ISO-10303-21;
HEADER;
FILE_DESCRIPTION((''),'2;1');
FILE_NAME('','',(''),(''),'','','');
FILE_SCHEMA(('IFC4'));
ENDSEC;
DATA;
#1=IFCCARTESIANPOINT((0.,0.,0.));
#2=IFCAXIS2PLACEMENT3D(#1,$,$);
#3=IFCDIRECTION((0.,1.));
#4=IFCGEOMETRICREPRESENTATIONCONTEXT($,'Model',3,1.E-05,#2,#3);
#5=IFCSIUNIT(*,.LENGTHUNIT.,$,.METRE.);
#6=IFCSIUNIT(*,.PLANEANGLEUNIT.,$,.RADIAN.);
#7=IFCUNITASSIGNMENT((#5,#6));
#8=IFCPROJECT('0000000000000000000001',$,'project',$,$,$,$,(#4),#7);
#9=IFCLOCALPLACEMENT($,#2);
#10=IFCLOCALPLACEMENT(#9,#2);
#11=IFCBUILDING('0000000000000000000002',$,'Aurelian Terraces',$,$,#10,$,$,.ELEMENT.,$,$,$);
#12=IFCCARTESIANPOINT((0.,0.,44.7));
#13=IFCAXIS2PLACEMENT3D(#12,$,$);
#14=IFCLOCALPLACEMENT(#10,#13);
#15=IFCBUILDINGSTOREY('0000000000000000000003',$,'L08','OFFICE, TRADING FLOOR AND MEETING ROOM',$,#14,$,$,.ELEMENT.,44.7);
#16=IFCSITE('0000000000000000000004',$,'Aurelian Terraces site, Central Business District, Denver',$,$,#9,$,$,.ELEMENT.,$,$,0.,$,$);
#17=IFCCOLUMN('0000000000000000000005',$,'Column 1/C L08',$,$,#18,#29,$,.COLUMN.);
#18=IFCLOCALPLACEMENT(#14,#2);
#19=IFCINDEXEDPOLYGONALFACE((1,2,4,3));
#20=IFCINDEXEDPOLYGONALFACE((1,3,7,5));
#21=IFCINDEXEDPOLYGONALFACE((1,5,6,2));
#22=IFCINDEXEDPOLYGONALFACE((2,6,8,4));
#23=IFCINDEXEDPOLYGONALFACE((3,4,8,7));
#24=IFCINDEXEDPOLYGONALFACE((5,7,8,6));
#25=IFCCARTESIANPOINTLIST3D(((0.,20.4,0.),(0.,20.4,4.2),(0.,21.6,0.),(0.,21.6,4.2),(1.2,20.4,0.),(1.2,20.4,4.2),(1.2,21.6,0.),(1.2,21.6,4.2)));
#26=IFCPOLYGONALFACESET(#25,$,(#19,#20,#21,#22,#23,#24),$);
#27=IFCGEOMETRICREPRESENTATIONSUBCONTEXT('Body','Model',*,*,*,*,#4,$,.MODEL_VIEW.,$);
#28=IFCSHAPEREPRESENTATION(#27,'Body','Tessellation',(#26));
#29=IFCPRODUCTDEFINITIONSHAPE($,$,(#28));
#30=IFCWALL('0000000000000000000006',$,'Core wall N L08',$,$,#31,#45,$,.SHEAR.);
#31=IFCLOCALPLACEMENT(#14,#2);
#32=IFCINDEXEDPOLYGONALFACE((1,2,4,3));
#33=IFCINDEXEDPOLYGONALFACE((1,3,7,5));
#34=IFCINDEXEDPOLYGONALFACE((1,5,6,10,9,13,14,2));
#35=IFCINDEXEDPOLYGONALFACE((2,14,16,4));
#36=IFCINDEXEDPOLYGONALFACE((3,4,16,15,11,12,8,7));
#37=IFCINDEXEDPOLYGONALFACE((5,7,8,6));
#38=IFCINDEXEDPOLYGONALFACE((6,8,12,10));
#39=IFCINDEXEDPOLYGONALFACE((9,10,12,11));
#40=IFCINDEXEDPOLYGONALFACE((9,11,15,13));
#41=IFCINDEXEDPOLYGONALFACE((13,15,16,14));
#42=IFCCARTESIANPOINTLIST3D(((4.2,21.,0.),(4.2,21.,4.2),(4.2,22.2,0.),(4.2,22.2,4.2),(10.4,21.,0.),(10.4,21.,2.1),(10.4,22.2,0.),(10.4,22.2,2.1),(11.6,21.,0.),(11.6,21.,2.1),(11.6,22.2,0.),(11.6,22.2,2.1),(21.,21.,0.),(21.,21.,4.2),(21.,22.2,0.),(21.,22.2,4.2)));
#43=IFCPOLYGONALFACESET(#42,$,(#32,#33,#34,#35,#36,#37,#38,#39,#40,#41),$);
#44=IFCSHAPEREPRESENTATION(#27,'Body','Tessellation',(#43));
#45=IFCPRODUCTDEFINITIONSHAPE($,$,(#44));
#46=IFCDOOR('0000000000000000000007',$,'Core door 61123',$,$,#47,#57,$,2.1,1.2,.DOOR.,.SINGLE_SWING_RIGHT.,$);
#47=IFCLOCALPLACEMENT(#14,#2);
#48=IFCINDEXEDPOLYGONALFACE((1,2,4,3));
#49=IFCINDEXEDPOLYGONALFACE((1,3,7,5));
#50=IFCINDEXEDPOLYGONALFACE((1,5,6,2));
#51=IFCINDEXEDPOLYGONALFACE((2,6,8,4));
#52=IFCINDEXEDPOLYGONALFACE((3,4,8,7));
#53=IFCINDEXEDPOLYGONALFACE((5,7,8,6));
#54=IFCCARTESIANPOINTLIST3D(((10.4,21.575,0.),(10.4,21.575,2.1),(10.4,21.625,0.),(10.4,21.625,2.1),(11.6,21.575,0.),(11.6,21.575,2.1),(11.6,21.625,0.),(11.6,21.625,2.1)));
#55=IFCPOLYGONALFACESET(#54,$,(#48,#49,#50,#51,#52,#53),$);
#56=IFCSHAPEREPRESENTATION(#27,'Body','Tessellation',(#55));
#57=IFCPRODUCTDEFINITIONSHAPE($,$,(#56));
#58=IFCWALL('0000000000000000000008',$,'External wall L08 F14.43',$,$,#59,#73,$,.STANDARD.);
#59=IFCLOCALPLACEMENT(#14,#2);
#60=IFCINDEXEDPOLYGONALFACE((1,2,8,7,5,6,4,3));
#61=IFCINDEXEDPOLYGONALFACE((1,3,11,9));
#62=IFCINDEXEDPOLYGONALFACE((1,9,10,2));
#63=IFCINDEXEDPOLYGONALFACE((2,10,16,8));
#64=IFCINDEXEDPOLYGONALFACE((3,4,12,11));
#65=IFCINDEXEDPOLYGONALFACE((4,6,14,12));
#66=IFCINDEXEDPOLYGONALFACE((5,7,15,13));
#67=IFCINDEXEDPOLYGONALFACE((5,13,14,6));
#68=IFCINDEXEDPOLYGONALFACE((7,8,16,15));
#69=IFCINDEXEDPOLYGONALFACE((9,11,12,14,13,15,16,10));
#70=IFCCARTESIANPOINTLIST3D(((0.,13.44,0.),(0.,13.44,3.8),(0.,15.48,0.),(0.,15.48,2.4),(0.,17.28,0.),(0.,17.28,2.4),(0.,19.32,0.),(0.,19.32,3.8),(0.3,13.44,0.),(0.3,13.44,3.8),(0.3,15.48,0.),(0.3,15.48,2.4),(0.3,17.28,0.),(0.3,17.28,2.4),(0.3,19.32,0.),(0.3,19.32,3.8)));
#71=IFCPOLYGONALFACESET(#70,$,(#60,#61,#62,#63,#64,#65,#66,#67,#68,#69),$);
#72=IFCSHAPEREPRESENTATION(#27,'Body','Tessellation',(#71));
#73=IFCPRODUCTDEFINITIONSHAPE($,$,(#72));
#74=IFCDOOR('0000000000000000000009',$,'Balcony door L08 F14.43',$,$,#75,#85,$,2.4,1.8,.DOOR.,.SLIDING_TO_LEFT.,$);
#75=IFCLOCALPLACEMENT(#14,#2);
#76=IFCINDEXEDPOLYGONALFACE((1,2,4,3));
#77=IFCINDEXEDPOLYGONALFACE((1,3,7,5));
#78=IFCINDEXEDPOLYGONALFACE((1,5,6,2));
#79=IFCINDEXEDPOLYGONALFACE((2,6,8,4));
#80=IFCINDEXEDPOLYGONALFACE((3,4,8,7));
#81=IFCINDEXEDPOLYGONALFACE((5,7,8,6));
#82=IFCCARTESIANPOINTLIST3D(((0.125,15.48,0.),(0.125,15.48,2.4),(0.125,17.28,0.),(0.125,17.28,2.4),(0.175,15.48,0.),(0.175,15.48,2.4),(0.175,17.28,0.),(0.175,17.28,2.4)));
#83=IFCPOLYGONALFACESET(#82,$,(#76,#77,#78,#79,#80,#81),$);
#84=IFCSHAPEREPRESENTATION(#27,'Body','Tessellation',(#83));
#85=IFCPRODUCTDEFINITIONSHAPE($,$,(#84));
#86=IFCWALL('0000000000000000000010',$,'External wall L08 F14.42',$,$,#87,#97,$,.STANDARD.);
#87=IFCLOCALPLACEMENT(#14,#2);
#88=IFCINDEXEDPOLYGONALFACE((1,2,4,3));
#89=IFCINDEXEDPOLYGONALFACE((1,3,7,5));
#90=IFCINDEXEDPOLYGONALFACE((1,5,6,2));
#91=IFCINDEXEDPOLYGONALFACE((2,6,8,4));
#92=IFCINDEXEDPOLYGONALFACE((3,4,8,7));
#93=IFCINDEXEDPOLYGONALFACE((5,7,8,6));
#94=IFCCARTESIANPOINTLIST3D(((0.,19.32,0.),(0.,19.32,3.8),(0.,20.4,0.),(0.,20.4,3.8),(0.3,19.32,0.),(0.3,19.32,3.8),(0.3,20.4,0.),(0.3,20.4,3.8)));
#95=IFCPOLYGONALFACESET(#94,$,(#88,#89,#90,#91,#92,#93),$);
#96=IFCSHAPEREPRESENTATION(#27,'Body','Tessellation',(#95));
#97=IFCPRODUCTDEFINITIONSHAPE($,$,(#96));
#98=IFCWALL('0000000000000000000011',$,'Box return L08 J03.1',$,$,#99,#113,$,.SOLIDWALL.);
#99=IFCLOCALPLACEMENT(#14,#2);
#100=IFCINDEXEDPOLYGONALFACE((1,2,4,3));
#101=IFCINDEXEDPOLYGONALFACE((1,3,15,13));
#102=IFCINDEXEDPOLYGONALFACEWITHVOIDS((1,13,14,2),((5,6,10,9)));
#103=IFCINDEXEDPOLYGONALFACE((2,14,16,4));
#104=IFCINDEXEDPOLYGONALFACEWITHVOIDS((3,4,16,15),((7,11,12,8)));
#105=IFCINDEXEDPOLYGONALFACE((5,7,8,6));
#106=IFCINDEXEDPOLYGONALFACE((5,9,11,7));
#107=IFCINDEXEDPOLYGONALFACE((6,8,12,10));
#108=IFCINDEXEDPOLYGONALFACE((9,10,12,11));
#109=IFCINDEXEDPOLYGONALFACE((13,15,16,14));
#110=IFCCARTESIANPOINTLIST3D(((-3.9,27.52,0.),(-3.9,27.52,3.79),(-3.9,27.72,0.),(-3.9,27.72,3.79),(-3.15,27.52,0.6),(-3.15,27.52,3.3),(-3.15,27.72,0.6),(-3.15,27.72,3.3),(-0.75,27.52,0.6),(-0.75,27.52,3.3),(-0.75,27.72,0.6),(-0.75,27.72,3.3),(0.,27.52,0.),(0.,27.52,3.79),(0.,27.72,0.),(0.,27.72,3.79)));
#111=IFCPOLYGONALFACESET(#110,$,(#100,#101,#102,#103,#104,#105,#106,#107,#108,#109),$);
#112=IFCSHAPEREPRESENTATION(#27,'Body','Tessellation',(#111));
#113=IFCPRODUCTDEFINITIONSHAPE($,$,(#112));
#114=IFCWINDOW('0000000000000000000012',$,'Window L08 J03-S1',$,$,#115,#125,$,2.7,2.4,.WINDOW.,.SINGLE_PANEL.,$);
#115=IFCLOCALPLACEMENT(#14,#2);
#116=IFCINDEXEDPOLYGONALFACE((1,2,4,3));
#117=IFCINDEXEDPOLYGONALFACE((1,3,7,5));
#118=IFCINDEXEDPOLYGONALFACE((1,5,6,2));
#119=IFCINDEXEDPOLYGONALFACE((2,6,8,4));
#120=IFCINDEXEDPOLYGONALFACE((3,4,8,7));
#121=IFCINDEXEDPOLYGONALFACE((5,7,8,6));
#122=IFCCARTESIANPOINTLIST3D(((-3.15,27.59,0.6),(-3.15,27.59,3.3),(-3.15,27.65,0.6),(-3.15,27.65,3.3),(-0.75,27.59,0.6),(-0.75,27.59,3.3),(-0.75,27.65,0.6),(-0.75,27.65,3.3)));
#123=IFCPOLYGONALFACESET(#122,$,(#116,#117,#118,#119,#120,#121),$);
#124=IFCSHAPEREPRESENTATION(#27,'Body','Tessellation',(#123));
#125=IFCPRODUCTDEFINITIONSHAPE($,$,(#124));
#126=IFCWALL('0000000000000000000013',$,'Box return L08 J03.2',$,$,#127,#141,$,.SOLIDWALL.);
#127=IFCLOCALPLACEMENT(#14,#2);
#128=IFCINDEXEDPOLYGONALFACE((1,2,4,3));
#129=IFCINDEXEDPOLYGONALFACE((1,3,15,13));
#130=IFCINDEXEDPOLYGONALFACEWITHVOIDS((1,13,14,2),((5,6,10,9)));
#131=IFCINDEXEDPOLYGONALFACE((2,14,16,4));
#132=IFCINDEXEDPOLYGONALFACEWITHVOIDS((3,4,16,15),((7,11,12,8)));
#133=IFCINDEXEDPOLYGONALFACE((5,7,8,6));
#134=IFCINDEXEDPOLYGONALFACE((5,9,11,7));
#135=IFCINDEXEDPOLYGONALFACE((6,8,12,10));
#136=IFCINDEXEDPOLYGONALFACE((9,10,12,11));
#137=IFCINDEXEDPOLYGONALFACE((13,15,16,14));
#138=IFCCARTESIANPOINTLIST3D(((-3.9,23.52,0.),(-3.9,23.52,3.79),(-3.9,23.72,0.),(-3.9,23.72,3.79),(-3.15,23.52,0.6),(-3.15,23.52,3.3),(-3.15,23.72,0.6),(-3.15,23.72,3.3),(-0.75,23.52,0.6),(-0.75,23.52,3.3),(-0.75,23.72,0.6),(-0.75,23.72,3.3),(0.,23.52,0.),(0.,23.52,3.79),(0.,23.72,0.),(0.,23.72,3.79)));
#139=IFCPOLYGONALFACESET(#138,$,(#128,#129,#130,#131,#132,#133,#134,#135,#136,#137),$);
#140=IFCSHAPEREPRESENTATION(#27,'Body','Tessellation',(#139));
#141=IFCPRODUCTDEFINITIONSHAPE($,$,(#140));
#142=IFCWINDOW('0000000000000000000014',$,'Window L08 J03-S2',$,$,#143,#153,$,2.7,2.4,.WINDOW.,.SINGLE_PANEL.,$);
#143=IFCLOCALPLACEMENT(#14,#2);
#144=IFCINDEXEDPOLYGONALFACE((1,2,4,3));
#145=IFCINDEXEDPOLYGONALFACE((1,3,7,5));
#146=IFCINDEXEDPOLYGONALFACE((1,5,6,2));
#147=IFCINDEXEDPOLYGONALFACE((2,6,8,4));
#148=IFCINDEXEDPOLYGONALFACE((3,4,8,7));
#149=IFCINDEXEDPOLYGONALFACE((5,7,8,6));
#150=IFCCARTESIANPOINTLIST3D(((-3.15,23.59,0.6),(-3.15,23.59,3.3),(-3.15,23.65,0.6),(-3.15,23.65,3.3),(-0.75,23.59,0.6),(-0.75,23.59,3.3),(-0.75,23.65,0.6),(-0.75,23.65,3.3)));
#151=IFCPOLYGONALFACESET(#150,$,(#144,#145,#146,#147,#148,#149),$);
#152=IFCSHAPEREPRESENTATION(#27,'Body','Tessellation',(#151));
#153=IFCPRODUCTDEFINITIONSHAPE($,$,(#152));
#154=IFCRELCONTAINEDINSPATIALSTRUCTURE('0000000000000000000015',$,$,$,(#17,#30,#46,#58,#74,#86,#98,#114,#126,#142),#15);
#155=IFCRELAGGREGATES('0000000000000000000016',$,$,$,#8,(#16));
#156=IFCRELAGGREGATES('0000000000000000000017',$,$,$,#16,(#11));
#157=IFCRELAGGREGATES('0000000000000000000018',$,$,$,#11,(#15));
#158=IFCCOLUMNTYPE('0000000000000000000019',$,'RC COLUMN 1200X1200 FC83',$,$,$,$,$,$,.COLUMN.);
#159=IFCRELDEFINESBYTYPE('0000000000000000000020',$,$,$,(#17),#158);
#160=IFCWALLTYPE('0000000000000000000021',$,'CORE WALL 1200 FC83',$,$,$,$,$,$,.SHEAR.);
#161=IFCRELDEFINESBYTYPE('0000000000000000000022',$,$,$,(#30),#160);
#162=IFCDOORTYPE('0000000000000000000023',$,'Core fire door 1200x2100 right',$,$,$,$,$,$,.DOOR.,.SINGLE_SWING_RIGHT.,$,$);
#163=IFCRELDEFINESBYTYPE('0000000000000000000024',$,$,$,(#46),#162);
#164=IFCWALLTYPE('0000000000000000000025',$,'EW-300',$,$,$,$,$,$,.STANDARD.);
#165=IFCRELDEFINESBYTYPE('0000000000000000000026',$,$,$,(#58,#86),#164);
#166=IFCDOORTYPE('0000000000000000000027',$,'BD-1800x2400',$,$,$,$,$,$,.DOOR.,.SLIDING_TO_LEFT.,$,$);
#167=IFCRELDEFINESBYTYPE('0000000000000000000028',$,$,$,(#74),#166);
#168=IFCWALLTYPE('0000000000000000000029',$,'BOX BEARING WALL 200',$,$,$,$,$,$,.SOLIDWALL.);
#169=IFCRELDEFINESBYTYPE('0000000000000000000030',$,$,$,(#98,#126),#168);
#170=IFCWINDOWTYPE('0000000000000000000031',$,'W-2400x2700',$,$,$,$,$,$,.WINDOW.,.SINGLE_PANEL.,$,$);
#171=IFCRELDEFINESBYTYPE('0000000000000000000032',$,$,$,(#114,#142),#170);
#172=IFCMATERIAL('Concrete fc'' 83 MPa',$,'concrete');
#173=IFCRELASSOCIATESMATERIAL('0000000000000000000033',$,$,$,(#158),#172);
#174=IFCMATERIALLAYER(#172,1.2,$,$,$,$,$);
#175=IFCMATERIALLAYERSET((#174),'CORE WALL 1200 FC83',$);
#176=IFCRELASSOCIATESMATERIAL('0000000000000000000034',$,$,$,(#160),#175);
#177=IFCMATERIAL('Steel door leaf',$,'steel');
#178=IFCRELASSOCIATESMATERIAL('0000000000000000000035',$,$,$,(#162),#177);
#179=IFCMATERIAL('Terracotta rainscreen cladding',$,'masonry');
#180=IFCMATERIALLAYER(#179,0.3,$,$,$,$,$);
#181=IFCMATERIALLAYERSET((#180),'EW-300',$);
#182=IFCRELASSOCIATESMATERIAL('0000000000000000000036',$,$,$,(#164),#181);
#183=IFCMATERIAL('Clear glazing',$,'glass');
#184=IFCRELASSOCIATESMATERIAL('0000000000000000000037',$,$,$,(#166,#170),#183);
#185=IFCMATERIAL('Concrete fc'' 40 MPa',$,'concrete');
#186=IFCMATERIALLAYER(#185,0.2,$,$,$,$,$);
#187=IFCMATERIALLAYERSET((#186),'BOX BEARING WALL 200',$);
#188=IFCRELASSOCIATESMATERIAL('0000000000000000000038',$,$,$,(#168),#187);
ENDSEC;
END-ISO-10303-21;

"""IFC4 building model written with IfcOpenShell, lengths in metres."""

from ifc_helpers import new_model, si_unit, direction, frame, frame_2d, origin, origin_2d, place, context, subcontext, project, spatial, rectangle, extrude, source, transform, mapped, material, layer, layer_set, material_profile, profile_set, type_object, element, fill, save


model = new_model("IFC4")

# Units and contexts
model_context = context("Model", 3, precision=1e-05, world=origin(), true_north=direction((0.0, 1.0)))
body_context = subcontext(model_context, "Body", "Model", "MODEL_VIEW")
ifc_project = project(units=[si_unit("LENGTHUNIT", "METRE"), si_unit("PLANEANGLEUNIT", "RADIAN")], contexts=[model_context])

# Site, building, storey
site_placement = place(None, origin())
site = spatial("IfcSite", under=ifc_project, at=site_placement, Name="Aurelian Terraces site, Central Business District, Denver", CompositionType="ELEMENT", RefElevation=0.0)
building_placement = place(site_placement, origin())
building = spatial("IfcBuilding", under=site, at=building_placement, Name="Aurelian Terraces", CompositionType="ELEMENT")
storey_placement = place(building_placement, frame((0.0, 0.0, 44.7)))
storey = spatial("IfcBuildingStorey", under=building, at=storey_placement, Name="L08", Description="OFFICE, TRADING FLOOR AND MEETING ROOM", CompositionType="ELEMENT", Elevation=44.7)

# Column
ifc_material_1 = material(Name="Concrete fc' 83 MPa", Category="concrete")
ifc_material_profile = material_profile(ifc_material_1, rectangle(XDim=1.2, YDim=1.2, at=origin_2d()))
ifc_profile_set = profile_set([ifc_material_profile], Name="Concrete fc' 83 MPa")
column_type = type_object("IfcColumnType", Name="RC COLUMN 1200X1200 FC83", PredefinedType="COLUMN", material=ifc_profile_set)
shared_shape_1 = source(origin(), body_context, "Body", "SweptSolid", [
    extrude(rectangle(XDim=1.2, YDim=1.2, at=origin_2d()), origin(), (0.0, 0.0, 1.0), 4.2),
])
column_placement = place(storey_placement, frame((0.6, 21.0, 0.0), z_axis=(0.0, 0.0, 1.0), x_axis=(1.0, 0.0, 0.0)))
element("IfcColumn", 1, at=column_placement, inside=storey, type_object=column_type, Name="Column 1/C L08", PredefinedType="COLUMN", context=body_context, shape_type="MappedRepresentation", body=[
    mapped(shared_shape_1, transform((0.0, 0.0, 0.0), scale=1.0)),
])

# Walls, openings, doors
ifc_layer_1 = layer(ifc_material_1, 1.2)
ifc_layer_set_1 = layer_set([ifc_layer_1], Name="CORE WALL 1200 FC83")
wall_type_1 = type_object("IfcWallType", Name="CORE WALL 1200 FC83", PredefinedType="SHEAR", material=ifc_layer_set_1)
shared_shape_2 = source(origin(), body_context, "Body", "SweptSolid", [
    extrude(rectangle(XDim=16.8, YDim=1.2, at=frame_2d((8.4, 0.0))), origin(), (0.0, 0.0, 1.0), 4.2),
])
wall_1_placement = place(storey_placement, frame((4.2, 21.6, 0.0), z_axis=(0.0, 0.0, 1.0), x_axis=(1.0, 0.0, 0.0)))
wall_1 = element("IfcWall", 2, at=wall_1_placement, inside=storey, type_object=wall_type_1, Name="Core wall N L08", PredefinedType="SHEAR", context=body_context, shape_type="MappedRepresentation", body=[
    mapped(shared_shape_2, transform((0.0, 0.0, 0.0), scale=1.0)),
])
shared_shape_3 = source(origin(), body_context, "Body", "SweptSolid", [
    extrude(rectangle(XDim=1.2, YDim=2.1, at=frame_2d((0.6, 1.05))), frame((0.0, 0.61, 0.0), z_axis=(0.0, -1.0, 0.0), x_axis=(1.0, 0.0, 0.0)), (0.0, 0.0, 1.0), 1.22),
])
opening_1_placement = place(wall_1_placement, frame((6.2, 0.0, 0.0)))
opening_1 = element("IfcOpeningElement", 3, at=opening_1_placement, cuts=wall_1, PredefinedType="OPENING", context=body_context, shape_type="MappedRepresentation", body=[
    mapped(shared_shape_3, transform((0.0, 0.0, 0.0), scale=1.0)),
])
ifc_material_2 = material(Name="Steel door leaf", Category="steel")
door_type_1 = type_object("IfcDoorType", Name="Core fire door 1200x2100 right", OperationType="SINGLE_SWING_RIGHT", PredefinedType="DOOR", material=ifc_material_2)
shared_shape_4 = source(origin(), body_context, "Body", "SweptSolid", [
    extrude(rectangle(XDim=1.2, YDim=2.1, at=frame_2d((0.6, 1.05))), frame((0.0, 0.025, 0.0), z_axis=(0.0, -1.0, 0.0), x_axis=(1.0, 0.0, 0.0)), (0.0, 0.0, 1.0), 0.05),
])
door_1_placement = place(opening_1_placement, origin())
door_1 = element("IfcDoor", 4, at=door_1_placement, inside=storey, type_object=door_type_1, Name="Core door 61123", OperationType="SINGLE_SWING_RIGHT", OverallHeight=2.1, OverallWidth=1.2, PredefinedType="DOOR", context=body_context, shape_type="MappedRepresentation", body=[
    mapped(shared_shape_4, transform((0.0, 0.0, 0.0), scale=1.0)),
])
fill(opening_1, door_1)
ifc_material_3 = material(Name="Terracotta rainscreen cladding", Category="masonry")
ifc_layer_2 = layer(ifc_material_3, 0.3)
ifc_layer_set_2 = layer_set([ifc_layer_2], Name="EW-300")
wall_type_2 = type_object("IfcWallType", Name="EW-300", PredefinedType="STANDARD", material=ifc_layer_set_2)
shared_shape_5 = source(origin(), body_context, "Body", "SweptSolid", [
    extrude(rectangle(XDim=5.88, YDim=0.3, at=frame_2d((2.94, 0.0))), origin(), (0.0, 0.0, 1.0), 3.8),
])
wall_2_placement = place(storey_placement, frame((0.15, 19.32, 0.0), z_axis=(0.0, 0.0, 1.0), x_axis=(0.0, -1.0, 0.0)))
wall_2 = element("IfcWall", 5, at=wall_2_placement, inside=storey, type_object=wall_type_2, Name="External wall L08 F14.43", PredefinedType="STANDARD", context=body_context, shape_type="MappedRepresentation", body=[
    mapped(shared_shape_5, transform((0.0, 0.0, 0.0), scale=1.0)),
])
shared_shape_6 = source(origin(), body_context, "Body", "SweptSolid", [
    extrude(rectangle(XDim=1.8, YDim=2.4, at=frame_2d((0.9, 1.2))), frame((0.0, 0.16, 0.0), z_axis=(0.0, -1.0, 0.0), x_axis=(1.0, 0.0, 0.0)), (0.0, 0.0, 1.0), 0.32),
])
opening_2_placement = place(wall_2_placement, frame((2.04, 0.0, 0.0)))
opening_2 = element("IfcOpeningElement", 6, at=opening_2_placement, cuts=wall_2, PredefinedType="OPENING", context=body_context, shape_type="MappedRepresentation", body=[
    mapped(shared_shape_6, transform((0.0, 0.0, 0.0), scale=1.0)),
])
ifc_material_4 = material(Name="Clear glazing", Category="glass")
door_type_2 = type_object("IfcDoorType", Name="BD-1800x2400", OperationType="SLIDING_TO_LEFT", PredefinedType="DOOR", material=ifc_material_4)
shared_shape_7 = source(origin(), body_context, "Body", "SweptSolid", [
    extrude(rectangle(XDim=1.8, YDim=2.4, at=frame_2d((0.9, 1.2))), frame((0.0, 0.025, 0.0), z_axis=(0.0, -1.0, 0.0), x_axis=(1.0, 0.0, 0.0)), (0.0, 0.0, 1.0), 0.05),
])
door_2_placement = place(opening_2_placement, origin())
door_2 = element("IfcDoor", 7, at=door_2_placement, inside=storey, type_object=door_type_2, Name="Balcony door L08 F14.43", OperationType="SLIDING_TO_LEFT", OverallHeight=2.4, OverallWidth=1.8, PredefinedType="DOOR", context=body_context, shape_type="MappedRepresentation", body=[
    mapped(shared_shape_7, transform((0.0, 0.0, 0.0), scale=1.0)),
])
fill(opening_2, door_2)

# Wall
shared_shape_8 = source(origin(), body_context, "Body", "SweptSolid", [
    extrude(rectangle(XDim=1.08, YDim=0.3, at=frame_2d((0.54, 0.0))), origin(), (0.0, 0.0, 1.0), 3.8),
])
wall_3_placement = place(storey_placement, frame((0.15, 20.4, 0.0), z_axis=(0.0, 0.0, 1.0), x_axis=(0.0, -1.0, 0.0)))
element("IfcWall", 8, at=wall_3_placement, inside=storey, type_object=wall_type_2, Name="External wall L08 F14.42", PredefinedType="STANDARD", context=body_context, shape_type="MappedRepresentation", body=[
    mapped(shared_shape_8, transform((0.0, 0.0, 0.0), scale=1.0)),
])

# Walls, openings, windows
ifc_material_5 = material(Name="Concrete fc' 40 MPa", Category="concrete")
ifc_layer_3 = layer(ifc_material_5, 0.2)
ifc_layer_set_3 = layer_set([ifc_layer_3], Name="BOX BEARING WALL 200")
wall_type_3 = type_object("IfcWallType", Name="BOX BEARING WALL 200", PredefinedType="SOLIDWALL", material=ifc_layer_set_3)
shared_shape_9 = source(origin(), body_context, "Body", "SweptSolid", [
    extrude(rectangle(XDim=3.9, YDim=0.2, at=frame_2d((1.95, 0.0))), origin(), (0.0, 0.0, 1.0), 3.79),
])
wall_4_placement = place(storey_placement, frame((0.0, 27.62, 0.0), z_axis=(0.0, 0.0, 1.0), x_axis=(-1.0, 0.0, 0.0)))
wall_4 = element("IfcWall", 9, at=wall_4_placement, inside=storey, type_object=wall_type_3, Name="Box return L08 J03.1", PredefinedType="SOLIDWALL", context=body_context, shape_type="MappedRepresentation", body=[
    mapped(shared_shape_9, transform((0.0, 0.0, 0.0), scale=1.0)),
])
shared_shape_10 = source(origin(), body_context, "Body", "SweptSolid", [
    extrude(rectangle(XDim=2.4, YDim=2.7, at=frame_2d((1.2, 1.35))), frame((0.0, 0.11, 0.0), z_axis=(0.0, -1.0, 0.0), x_axis=(1.0, 0.0, 0.0)), (0.0, 0.0, 1.0), 0.22),
])
opening_3_placement = place(wall_4_placement, frame((0.75, 0.0, 0.6)))
opening_3 = element("IfcOpeningElement", 10, at=opening_3_placement, cuts=wall_4, PredefinedType="OPENING", context=body_context, shape_type="MappedRepresentation", body=[
    mapped(shared_shape_10, transform((0.0, 0.0, 0.0), scale=1.0)),
])
window_type = type_object("IfcWindowType", Name="W-2400x2700", PartitioningType="SINGLE_PANEL", PredefinedType="WINDOW", material=ifc_material_4)
shared_shape_11 = source(origin(), body_context, "Body", "SweptSolid", [
    extrude(rectangle(XDim=2.4, YDim=2.7, at=frame_2d((1.2, 1.35))), frame((0.0, 0.03, 0.0), z_axis=(0.0, -1.0, 0.0), x_axis=(1.0, 0.0, 0.0)), (0.0, 0.0, 1.0), 0.06),
])
window_1_placement = place(opening_3_placement, origin())
window_1 = element("IfcWindow", 11, at=window_1_placement, inside=storey, type_object=window_type, Name="Window L08 J03-S1", OverallHeight=2.7, OverallWidth=2.4, PartitioningType="SINGLE_PANEL", PredefinedType="WINDOW", context=body_context, shape_type="MappedRepresentation", body=[
    mapped(shared_shape_11, transform((0.0, 0.0, 0.0), scale=1.0)),
])
fill(opening_3, window_1)
wall_5_placement = place(storey_placement, frame((0.0, 23.62, 0.0), z_axis=(0.0, 0.0, 1.0), x_axis=(-1.0, 0.0, 0.0)))
wall_5 = element("IfcWall", 12, at=wall_5_placement, inside=storey, type_object=wall_type_3, Name="Box return L08 J03.2", PredefinedType="SOLIDWALL", context=body_context, shape_type="MappedRepresentation", body=[
    mapped(shared_shape_9, transform((0.0, 0.0, 0.0), scale=1.0)),
])
opening_4_placement = place(wall_5_placement, frame((0.75, 0.0, 0.6)))
opening_4 = element("IfcOpeningElement", 13, at=opening_4_placement, cuts=wall_5, PredefinedType="OPENING", context=body_context, shape_type="MappedRepresentation", body=[
    mapped(shared_shape_10, transform((0.0, 0.0, 0.0), scale=1.0)),
])
window_2_placement = place(opening_4_placement, origin())
window_2 = element("IfcWindow", 14, at=window_2_placement, inside=storey, type_object=window_type, Name="Window L08 J03-S2", OverallHeight=2.7, OverallWidth=2.4, PartitioningType="SINGLE_PANEL", PredefinedType="WINDOW", context=body_context, shape_type="MappedRepresentation", body=[
    mapped(shared_shape_11, transform((0.0, 0.0, 0.0), scale=1.0)),
])
fill(opening_4, window_2)

save(model, "model.ifc")
